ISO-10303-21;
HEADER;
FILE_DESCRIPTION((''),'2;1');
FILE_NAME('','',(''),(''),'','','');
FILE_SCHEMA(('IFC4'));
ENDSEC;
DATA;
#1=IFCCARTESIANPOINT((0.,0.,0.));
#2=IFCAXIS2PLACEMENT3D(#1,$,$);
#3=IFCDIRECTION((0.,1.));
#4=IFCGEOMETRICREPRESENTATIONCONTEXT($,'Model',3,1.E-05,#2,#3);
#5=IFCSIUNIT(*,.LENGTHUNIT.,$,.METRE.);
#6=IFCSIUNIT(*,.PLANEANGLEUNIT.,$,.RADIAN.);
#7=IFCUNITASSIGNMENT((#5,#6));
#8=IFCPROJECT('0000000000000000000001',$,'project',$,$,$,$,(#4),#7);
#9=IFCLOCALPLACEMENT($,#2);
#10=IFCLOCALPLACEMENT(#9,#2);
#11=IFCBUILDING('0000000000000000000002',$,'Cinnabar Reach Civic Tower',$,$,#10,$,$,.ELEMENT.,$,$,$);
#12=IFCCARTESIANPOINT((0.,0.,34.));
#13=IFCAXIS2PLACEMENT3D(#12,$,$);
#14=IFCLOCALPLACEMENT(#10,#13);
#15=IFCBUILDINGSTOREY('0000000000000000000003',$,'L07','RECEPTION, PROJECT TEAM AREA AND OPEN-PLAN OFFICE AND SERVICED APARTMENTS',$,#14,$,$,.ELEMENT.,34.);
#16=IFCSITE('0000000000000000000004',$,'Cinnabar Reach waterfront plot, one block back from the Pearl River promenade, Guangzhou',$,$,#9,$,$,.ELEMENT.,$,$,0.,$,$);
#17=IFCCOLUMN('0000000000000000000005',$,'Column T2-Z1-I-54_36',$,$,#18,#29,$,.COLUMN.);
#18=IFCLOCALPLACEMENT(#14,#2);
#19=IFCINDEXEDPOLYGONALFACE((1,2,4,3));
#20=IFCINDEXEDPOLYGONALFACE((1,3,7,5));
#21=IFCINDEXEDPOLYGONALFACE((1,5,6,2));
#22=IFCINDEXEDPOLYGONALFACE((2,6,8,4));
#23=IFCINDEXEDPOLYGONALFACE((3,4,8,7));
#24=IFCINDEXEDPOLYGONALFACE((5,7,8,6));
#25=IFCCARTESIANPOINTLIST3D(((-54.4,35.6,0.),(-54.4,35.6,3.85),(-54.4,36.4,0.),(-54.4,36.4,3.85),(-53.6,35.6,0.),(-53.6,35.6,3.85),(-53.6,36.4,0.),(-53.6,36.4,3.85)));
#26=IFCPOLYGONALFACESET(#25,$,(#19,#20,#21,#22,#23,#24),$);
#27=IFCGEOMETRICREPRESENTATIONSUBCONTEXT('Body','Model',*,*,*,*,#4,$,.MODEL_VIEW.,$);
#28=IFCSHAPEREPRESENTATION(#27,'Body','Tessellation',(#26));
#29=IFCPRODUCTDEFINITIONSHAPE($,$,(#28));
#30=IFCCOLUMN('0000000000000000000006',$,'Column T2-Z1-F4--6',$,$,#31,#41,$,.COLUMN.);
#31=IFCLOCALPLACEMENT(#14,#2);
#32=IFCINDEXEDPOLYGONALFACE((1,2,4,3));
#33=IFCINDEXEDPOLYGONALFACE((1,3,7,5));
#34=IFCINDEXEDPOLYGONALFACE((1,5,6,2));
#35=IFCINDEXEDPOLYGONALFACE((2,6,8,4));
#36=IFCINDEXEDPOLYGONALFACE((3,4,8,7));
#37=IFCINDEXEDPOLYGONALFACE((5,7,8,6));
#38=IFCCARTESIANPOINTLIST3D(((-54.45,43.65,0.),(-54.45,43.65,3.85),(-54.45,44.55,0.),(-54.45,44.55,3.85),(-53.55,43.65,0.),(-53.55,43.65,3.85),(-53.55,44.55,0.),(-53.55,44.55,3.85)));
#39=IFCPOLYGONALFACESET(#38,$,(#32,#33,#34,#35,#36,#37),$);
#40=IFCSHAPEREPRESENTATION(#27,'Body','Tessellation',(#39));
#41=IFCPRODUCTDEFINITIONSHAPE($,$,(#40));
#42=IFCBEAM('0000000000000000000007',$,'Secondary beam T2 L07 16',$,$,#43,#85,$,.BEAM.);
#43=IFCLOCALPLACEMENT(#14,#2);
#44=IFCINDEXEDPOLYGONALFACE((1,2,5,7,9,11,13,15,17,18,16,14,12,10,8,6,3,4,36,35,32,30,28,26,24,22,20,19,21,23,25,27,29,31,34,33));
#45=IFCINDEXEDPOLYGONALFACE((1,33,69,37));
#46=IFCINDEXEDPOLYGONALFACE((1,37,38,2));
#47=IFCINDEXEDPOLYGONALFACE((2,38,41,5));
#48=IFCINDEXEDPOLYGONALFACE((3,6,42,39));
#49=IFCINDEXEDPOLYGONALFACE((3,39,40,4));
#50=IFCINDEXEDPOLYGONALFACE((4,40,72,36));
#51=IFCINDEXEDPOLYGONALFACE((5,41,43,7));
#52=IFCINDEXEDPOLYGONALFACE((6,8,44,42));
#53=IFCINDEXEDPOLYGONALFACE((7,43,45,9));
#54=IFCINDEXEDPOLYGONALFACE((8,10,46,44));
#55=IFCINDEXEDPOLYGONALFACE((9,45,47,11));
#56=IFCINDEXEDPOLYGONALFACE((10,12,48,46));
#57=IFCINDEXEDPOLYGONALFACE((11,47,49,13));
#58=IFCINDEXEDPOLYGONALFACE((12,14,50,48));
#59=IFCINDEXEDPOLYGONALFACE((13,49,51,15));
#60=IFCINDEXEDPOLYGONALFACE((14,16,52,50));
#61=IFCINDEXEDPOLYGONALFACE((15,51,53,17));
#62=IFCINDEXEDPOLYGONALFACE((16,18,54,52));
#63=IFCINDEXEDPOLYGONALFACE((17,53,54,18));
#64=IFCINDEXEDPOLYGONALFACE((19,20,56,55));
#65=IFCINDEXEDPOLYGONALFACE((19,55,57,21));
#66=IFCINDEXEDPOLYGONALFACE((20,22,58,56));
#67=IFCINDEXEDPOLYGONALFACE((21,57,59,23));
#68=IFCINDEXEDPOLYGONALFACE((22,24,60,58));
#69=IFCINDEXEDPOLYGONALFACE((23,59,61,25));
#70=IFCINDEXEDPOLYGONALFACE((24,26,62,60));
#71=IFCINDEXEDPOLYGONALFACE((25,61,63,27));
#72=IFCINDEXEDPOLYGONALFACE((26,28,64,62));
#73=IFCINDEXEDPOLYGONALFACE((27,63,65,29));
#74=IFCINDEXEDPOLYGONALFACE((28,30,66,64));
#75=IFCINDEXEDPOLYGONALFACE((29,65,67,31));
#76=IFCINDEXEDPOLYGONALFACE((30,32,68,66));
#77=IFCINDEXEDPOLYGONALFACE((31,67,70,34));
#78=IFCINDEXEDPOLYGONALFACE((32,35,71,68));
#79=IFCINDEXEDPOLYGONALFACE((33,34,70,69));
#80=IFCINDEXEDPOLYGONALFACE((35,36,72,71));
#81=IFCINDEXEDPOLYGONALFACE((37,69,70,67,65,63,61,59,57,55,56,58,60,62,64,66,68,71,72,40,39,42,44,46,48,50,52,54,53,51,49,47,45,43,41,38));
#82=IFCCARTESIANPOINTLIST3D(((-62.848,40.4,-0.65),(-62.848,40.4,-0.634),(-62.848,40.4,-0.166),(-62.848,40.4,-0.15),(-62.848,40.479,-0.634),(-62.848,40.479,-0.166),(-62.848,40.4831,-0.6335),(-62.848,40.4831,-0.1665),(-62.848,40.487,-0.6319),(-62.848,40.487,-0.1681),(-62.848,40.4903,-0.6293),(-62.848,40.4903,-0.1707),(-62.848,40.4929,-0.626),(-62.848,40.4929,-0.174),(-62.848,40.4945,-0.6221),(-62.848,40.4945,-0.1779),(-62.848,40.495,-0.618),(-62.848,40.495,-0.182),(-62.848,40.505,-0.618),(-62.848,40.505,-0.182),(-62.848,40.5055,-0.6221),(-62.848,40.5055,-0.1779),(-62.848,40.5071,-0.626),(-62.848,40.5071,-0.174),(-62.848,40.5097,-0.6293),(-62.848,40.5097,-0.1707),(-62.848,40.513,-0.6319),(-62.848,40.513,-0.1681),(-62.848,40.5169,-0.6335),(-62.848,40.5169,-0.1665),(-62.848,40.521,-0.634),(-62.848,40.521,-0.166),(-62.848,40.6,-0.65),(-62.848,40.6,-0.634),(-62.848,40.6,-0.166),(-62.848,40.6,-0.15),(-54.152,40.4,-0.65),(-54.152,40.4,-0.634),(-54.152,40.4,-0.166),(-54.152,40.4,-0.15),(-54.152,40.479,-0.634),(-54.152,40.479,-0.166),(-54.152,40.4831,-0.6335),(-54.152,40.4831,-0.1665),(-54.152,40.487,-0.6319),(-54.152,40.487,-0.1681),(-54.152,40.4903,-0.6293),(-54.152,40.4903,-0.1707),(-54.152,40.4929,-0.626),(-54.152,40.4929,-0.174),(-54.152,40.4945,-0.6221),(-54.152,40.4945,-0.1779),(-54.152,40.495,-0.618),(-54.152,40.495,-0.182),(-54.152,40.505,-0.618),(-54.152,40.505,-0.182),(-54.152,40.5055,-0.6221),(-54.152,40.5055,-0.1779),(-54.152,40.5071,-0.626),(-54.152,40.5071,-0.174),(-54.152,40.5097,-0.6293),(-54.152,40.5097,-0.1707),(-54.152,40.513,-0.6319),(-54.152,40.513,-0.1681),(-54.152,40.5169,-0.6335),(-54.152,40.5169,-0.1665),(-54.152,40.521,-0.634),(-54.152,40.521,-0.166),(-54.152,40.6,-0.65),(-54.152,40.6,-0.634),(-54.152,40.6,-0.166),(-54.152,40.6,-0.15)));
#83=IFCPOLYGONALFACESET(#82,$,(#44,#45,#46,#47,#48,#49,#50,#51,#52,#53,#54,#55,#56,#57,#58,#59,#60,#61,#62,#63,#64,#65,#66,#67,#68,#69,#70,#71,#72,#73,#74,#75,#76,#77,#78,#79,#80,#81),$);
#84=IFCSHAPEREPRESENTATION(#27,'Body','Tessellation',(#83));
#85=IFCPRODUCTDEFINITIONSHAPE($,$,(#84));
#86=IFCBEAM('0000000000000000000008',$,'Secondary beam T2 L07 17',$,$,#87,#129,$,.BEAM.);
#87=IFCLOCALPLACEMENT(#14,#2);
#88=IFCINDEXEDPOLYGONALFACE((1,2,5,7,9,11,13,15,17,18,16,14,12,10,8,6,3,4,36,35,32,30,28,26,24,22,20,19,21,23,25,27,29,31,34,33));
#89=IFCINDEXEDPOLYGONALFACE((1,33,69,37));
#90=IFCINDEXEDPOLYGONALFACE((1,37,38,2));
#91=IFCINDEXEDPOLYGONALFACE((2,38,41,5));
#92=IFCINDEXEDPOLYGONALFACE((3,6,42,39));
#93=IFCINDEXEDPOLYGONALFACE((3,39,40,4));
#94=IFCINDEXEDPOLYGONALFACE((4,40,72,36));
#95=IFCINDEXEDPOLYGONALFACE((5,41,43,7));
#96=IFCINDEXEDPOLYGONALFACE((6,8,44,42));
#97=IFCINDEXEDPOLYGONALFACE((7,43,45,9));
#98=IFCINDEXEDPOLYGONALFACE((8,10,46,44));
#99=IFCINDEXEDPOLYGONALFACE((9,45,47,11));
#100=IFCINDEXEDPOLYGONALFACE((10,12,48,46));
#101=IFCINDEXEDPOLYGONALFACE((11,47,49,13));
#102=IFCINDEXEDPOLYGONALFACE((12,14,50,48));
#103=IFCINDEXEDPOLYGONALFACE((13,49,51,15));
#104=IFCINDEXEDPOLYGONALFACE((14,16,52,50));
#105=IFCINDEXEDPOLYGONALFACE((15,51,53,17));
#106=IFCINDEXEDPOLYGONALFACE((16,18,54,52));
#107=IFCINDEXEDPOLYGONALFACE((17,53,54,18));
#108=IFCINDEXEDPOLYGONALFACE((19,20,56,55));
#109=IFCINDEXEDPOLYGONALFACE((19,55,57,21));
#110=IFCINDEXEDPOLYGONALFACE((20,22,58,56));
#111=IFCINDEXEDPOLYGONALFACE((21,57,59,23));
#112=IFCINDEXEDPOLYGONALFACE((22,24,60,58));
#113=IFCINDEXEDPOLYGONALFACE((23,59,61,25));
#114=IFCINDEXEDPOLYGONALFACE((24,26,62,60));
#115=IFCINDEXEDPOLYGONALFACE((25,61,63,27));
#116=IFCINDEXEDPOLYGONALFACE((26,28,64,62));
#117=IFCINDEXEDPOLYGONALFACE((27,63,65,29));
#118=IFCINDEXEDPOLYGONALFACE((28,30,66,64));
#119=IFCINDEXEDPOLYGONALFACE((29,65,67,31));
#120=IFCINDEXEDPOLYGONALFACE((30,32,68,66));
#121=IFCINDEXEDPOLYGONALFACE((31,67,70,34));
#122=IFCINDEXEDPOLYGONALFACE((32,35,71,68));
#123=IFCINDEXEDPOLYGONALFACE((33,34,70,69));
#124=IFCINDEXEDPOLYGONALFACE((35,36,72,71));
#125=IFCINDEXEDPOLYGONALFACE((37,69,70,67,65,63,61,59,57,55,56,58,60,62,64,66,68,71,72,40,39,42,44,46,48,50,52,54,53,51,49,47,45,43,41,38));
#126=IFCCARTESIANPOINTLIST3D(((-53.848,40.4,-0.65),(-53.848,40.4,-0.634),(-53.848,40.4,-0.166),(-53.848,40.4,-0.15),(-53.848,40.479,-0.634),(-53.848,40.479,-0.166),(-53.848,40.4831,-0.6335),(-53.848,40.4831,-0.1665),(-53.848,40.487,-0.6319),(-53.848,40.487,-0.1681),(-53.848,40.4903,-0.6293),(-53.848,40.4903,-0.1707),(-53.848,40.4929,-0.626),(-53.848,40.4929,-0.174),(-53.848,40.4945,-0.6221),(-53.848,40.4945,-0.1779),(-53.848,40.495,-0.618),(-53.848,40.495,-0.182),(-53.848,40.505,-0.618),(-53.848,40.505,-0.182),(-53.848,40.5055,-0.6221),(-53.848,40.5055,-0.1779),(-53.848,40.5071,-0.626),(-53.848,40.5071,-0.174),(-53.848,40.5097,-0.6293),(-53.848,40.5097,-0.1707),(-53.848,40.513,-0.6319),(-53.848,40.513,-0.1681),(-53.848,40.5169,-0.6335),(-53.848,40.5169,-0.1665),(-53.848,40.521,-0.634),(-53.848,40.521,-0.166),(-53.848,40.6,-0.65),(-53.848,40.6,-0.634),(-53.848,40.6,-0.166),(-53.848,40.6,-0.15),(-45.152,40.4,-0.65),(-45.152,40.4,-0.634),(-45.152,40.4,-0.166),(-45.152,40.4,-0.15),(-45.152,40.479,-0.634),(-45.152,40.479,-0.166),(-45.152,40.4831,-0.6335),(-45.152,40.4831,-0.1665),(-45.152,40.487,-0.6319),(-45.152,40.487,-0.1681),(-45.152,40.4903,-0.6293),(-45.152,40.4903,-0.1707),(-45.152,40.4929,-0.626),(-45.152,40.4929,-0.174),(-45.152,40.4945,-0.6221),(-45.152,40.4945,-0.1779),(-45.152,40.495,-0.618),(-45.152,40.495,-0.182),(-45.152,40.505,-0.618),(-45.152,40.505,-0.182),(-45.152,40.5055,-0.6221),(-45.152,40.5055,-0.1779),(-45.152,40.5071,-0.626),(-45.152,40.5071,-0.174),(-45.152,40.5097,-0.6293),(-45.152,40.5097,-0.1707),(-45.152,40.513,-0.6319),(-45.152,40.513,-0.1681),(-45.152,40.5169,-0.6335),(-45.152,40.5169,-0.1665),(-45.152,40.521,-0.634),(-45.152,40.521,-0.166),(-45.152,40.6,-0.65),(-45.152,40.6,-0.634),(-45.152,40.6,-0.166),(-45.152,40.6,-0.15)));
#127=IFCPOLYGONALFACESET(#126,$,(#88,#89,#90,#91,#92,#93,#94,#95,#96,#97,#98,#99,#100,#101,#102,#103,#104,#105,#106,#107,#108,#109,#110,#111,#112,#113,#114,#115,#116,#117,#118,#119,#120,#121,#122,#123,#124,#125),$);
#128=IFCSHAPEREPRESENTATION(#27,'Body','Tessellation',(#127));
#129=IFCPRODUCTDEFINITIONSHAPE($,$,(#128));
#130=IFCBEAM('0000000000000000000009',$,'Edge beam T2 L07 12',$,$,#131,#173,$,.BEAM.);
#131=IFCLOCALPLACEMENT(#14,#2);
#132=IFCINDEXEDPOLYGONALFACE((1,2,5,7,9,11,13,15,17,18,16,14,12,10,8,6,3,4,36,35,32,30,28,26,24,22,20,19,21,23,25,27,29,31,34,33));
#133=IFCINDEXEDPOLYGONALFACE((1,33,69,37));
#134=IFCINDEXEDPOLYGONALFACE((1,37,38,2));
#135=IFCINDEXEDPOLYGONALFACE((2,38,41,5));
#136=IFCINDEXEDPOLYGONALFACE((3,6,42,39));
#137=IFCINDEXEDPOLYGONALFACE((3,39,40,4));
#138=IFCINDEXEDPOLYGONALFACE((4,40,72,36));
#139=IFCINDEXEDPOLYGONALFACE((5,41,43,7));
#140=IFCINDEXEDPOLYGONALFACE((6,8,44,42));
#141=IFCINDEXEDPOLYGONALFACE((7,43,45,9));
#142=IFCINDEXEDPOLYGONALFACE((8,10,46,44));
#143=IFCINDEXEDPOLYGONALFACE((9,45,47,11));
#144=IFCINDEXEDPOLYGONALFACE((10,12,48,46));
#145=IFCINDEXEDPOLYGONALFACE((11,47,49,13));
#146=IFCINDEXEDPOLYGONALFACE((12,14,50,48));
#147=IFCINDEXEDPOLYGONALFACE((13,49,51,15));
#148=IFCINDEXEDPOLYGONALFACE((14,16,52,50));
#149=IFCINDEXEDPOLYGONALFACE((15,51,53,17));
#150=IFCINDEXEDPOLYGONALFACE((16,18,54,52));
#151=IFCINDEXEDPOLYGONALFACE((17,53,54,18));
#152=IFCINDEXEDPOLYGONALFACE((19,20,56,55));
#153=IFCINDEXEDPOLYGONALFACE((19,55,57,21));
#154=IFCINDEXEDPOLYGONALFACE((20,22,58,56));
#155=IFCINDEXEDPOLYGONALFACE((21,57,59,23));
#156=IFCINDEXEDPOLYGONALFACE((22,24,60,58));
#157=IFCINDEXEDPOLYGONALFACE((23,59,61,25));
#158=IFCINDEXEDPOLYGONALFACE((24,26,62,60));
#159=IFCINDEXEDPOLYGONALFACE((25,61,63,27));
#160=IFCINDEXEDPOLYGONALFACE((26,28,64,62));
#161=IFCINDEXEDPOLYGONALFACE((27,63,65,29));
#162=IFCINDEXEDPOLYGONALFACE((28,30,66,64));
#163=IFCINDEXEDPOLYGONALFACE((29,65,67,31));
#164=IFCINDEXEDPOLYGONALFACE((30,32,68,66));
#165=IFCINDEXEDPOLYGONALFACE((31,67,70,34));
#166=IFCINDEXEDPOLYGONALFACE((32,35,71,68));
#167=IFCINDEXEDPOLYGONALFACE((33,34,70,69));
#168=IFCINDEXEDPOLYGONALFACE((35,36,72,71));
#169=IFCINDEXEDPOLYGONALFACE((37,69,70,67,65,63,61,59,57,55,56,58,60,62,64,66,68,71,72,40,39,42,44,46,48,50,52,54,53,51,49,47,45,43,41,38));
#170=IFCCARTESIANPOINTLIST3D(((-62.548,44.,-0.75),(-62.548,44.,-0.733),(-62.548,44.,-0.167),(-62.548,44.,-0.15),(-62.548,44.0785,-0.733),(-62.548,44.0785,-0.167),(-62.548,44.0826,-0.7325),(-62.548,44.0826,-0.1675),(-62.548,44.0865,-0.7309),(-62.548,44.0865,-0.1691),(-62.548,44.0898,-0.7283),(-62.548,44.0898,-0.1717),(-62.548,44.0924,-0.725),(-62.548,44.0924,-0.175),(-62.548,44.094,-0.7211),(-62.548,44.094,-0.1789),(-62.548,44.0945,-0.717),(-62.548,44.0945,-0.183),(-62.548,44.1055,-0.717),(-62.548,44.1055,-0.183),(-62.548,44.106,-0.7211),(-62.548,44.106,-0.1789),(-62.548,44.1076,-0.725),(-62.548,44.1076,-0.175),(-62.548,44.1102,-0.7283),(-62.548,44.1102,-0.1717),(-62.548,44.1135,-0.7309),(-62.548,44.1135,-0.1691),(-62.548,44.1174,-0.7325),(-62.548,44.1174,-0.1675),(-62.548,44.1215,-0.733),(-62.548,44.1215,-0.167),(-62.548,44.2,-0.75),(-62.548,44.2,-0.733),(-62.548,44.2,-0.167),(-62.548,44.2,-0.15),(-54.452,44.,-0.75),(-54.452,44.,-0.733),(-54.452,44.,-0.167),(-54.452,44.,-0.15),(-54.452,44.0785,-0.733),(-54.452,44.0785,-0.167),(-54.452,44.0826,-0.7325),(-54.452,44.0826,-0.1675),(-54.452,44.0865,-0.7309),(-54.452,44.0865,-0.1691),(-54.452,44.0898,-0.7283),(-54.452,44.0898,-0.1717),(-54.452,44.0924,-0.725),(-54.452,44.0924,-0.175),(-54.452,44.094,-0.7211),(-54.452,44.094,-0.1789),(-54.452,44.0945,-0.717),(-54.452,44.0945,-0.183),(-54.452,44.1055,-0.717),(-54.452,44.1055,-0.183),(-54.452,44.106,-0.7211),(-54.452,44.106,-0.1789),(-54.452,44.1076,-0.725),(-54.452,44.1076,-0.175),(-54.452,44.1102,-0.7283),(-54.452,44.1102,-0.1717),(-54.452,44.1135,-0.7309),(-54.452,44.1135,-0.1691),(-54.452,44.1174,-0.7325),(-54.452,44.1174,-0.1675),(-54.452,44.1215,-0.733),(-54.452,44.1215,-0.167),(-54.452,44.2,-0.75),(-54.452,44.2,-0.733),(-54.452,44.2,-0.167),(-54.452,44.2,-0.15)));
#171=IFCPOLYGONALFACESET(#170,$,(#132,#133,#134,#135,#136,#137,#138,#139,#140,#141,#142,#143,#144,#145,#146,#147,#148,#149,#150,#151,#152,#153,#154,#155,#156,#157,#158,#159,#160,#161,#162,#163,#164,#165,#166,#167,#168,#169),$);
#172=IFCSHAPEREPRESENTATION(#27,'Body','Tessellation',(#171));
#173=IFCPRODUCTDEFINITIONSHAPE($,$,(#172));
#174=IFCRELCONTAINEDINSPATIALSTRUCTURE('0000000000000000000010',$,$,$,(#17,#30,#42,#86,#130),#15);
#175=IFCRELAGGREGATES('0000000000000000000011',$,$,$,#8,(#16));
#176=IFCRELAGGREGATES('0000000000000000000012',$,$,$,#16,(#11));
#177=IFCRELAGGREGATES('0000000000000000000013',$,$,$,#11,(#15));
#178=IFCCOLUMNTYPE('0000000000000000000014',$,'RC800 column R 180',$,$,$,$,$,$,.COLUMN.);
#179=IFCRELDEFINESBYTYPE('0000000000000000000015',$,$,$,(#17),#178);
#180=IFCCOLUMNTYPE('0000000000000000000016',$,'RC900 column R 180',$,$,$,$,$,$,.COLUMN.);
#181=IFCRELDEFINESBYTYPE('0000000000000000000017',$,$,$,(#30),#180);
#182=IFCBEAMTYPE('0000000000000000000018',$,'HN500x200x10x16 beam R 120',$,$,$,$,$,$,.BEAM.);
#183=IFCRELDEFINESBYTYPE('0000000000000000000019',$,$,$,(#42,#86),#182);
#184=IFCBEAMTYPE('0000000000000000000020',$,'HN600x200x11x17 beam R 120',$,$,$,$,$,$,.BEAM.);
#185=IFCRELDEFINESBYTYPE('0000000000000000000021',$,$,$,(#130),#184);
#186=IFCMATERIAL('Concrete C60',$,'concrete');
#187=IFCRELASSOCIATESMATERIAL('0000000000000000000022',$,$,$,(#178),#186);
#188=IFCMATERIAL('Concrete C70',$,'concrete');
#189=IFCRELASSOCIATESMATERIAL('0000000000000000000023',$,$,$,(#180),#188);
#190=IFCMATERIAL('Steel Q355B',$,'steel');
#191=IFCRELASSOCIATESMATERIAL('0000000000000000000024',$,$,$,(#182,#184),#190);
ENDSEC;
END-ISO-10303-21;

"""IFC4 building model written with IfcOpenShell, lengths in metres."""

from ifc_helpers import new_model, si_unit, direction, frame, origin, origin_2d, place, context, subcontext, project, spatial, rectangle, i_section, extrude, material, material_profile, profile_set, type_object, element, save


model = new_model("IFC4")

# Units and contexts
model_context = context("Model", 3, precision=1e-05, world=origin(), true_north=direction((0.0, 1.0)))
body_context = subcontext(model_context, "Body", "Model", "MODEL_VIEW")
ifc_project = project(units=[si_unit("LENGTHUNIT", "METRE"), si_unit("PLANEANGLEUNIT", "RADIAN")], contexts=[model_context])

# Site, building, storey
site_placement = place(None, origin())
site = spatial("IfcSite", under=ifc_project, at=site_placement, Name="Cinnabar Reach waterfront plot, one block back from the Pearl River promenade, Guangzhou", CompositionType="ELEMENT", RefElevation=0.0)
building_placement = place(site_placement, origin())
building = spatial("IfcBuilding", under=site, at=building_placement, Name="Cinnabar Reach Civic Tower", CompositionType="ELEMENT")
storey_placement = place(building_placement, frame((0.0, 0.0, 34.0)))
storey = spatial("IfcBuildingStorey", under=building, at=storey_placement, Name="L07", Description="RECEPTION, PROJECT TEAM AREA AND OPEN-PLAN OFFICE AND SERVICED APARTMENTS", CompositionType="ELEMENT", Elevation=34.0)

# Columns
ifc_material_1 = material(Name="Concrete C60", Category="concrete")
ifc_material_profile_1 = material_profile(ifc_material_1, rectangle(XDim=0.8, YDim=0.8, at=origin_2d()), Name="RC800")
ifc_profile_set_1 = profile_set([ifc_material_profile_1], Name="Concrete C60")
column_type_1 = type_object("IfcColumnType", Name="RC800 column R 180", PredefinedType="COLUMN", material=ifc_profile_set_1)
column_1_placement = place(storey_placement, frame((-54.0, 36.0, 0.0), z_axis=(0.0, 0.0, 1.0), x_axis=(1.0, 0.0, 0.0)))
element("IfcColumn", 1, at=column_1_placement, inside=storey, type_object=column_type_1, Name="Column T2-Z1-I-54_36", PredefinedType="COLUMN", context=body_context, shape_type="SweptSolid", body=[
    extrude(rectangle(XDim=0.8, YDim=0.8, at=origin_2d()), origin(), (0.0, 0.0, 1.0), 3.85),
])
ifc_material_2 = material(Name="Concrete C70", Category="concrete")
ifc_material_profile_2 = material_profile(ifc_material_2, rectangle(XDim=0.9, YDim=0.9, at=origin_2d()), Name="RC900")
ifc_profile_set_2 = profile_set([ifc_material_profile_2], Name="Concrete C70")
column_type_2 = type_object("IfcColumnType", Name="RC900 column R 180", PredefinedType="COLUMN", material=ifc_profile_set_2)
column_2_placement = place(storey_placement, frame((-54.0, 44.1, 0.0), z_axis=(0.0, 0.0, 1.0), x_axis=(1.0, 0.0, 0.0)))
element("IfcColumn", 2, at=column_2_placement, inside=storey, type_object=column_type_2, Name="Column T2-Z1-F4--6", PredefinedType="COLUMN", context=body_context, shape_type="SweptSolid", body=[
    extrude(rectangle(XDim=0.9, YDim=0.9, at=origin_2d()), origin(), (0.0, 0.0, 1.0), 3.85),
])

# Beams
ifc_material_3 = material(Name="Steel Q355B", Category="steel")
ifc_material_profile_3 = material_profile(ifc_material_3, i_section(OverallWidth=0.2, OverallDepth=0.5, WebThickness=0.01, FlangeThickness=0.016, FilletRadius=0.016, at=origin_2d()), Name="HN500x200x10x16")
ifc_profile_set_3 = profile_set([ifc_material_profile_3], Name="Steel Q355B")
beam_type_1 = type_object("IfcBeamType", Name="HN500x200x10x16 beam R 120", PredefinedType="BEAM", material=ifc_profile_set_3)
for number, where, z_axis, x_axis, name in (
    (3, (-62.848, 40.5, -0.4), (1.0, 0.0, 0.0), (0.0, 1.0, 0.0), "Secondary beam T2 L07 16"),
    (4, (-53.848, 40.5, -0.4), (1.0, 0.0, 0.0), (0.0, 1.0, 0.0), "Secondary beam T2 L07 17"),
):
    element("IfcBeam", number, at=place(storey_placement, frame(where, z_axis=z_axis, x_axis=x_axis)), inside=storey, type_object=beam_type_1, Name=name, PredefinedType="BEAM", context=body_context, shape_type="SweptSolid", body=[
        extrude(i_section(OverallWidth=0.2, OverallDepth=0.5, WebThickness=0.01, FlangeThickness=0.016, FilletRadius=0.016, at=origin_2d()), origin(), (0.0, 0.0, 1.0), 8.696),
    ])
ifc_material_profile_4 = material_profile(ifc_material_3, i_section(OverallWidth=0.2, OverallDepth=0.6, WebThickness=0.011, FlangeThickness=0.017, FilletRadius=0.016, at=origin_2d()), Name="HN600x200x11x17")
ifc_profile_set_4 = profile_set([ifc_material_profile_4], Name="Steel Q355B")
beam_type_2 = type_object("IfcBeamType", Name="HN600x200x11x17 beam R 120", PredefinedType="BEAM", material=ifc_profile_set_4)
beam_1_placement = place(storey_placement, frame((-54.452, 44.1, -0.45), z_axis=(-1.0, 0.0, 0.0), x_axis=(0.0, -1.0, 0.0)))
element("IfcBeam", 5, at=beam_1_placement, inside=storey, type_object=beam_type_2, Name="Edge beam T2 L07 12", PredefinedType="BEAM", context=body_context, shape_type="SweptSolid", body=[
    extrude(i_section(OverallWidth=0.2, OverallDepth=0.6, WebThickness=0.011, FlangeThickness=0.017, FilletRadius=0.016, at=origin_2d()), origin(), (0.0, 0.0, 1.0), 8.096),
])

save(model, "model.ifc")
